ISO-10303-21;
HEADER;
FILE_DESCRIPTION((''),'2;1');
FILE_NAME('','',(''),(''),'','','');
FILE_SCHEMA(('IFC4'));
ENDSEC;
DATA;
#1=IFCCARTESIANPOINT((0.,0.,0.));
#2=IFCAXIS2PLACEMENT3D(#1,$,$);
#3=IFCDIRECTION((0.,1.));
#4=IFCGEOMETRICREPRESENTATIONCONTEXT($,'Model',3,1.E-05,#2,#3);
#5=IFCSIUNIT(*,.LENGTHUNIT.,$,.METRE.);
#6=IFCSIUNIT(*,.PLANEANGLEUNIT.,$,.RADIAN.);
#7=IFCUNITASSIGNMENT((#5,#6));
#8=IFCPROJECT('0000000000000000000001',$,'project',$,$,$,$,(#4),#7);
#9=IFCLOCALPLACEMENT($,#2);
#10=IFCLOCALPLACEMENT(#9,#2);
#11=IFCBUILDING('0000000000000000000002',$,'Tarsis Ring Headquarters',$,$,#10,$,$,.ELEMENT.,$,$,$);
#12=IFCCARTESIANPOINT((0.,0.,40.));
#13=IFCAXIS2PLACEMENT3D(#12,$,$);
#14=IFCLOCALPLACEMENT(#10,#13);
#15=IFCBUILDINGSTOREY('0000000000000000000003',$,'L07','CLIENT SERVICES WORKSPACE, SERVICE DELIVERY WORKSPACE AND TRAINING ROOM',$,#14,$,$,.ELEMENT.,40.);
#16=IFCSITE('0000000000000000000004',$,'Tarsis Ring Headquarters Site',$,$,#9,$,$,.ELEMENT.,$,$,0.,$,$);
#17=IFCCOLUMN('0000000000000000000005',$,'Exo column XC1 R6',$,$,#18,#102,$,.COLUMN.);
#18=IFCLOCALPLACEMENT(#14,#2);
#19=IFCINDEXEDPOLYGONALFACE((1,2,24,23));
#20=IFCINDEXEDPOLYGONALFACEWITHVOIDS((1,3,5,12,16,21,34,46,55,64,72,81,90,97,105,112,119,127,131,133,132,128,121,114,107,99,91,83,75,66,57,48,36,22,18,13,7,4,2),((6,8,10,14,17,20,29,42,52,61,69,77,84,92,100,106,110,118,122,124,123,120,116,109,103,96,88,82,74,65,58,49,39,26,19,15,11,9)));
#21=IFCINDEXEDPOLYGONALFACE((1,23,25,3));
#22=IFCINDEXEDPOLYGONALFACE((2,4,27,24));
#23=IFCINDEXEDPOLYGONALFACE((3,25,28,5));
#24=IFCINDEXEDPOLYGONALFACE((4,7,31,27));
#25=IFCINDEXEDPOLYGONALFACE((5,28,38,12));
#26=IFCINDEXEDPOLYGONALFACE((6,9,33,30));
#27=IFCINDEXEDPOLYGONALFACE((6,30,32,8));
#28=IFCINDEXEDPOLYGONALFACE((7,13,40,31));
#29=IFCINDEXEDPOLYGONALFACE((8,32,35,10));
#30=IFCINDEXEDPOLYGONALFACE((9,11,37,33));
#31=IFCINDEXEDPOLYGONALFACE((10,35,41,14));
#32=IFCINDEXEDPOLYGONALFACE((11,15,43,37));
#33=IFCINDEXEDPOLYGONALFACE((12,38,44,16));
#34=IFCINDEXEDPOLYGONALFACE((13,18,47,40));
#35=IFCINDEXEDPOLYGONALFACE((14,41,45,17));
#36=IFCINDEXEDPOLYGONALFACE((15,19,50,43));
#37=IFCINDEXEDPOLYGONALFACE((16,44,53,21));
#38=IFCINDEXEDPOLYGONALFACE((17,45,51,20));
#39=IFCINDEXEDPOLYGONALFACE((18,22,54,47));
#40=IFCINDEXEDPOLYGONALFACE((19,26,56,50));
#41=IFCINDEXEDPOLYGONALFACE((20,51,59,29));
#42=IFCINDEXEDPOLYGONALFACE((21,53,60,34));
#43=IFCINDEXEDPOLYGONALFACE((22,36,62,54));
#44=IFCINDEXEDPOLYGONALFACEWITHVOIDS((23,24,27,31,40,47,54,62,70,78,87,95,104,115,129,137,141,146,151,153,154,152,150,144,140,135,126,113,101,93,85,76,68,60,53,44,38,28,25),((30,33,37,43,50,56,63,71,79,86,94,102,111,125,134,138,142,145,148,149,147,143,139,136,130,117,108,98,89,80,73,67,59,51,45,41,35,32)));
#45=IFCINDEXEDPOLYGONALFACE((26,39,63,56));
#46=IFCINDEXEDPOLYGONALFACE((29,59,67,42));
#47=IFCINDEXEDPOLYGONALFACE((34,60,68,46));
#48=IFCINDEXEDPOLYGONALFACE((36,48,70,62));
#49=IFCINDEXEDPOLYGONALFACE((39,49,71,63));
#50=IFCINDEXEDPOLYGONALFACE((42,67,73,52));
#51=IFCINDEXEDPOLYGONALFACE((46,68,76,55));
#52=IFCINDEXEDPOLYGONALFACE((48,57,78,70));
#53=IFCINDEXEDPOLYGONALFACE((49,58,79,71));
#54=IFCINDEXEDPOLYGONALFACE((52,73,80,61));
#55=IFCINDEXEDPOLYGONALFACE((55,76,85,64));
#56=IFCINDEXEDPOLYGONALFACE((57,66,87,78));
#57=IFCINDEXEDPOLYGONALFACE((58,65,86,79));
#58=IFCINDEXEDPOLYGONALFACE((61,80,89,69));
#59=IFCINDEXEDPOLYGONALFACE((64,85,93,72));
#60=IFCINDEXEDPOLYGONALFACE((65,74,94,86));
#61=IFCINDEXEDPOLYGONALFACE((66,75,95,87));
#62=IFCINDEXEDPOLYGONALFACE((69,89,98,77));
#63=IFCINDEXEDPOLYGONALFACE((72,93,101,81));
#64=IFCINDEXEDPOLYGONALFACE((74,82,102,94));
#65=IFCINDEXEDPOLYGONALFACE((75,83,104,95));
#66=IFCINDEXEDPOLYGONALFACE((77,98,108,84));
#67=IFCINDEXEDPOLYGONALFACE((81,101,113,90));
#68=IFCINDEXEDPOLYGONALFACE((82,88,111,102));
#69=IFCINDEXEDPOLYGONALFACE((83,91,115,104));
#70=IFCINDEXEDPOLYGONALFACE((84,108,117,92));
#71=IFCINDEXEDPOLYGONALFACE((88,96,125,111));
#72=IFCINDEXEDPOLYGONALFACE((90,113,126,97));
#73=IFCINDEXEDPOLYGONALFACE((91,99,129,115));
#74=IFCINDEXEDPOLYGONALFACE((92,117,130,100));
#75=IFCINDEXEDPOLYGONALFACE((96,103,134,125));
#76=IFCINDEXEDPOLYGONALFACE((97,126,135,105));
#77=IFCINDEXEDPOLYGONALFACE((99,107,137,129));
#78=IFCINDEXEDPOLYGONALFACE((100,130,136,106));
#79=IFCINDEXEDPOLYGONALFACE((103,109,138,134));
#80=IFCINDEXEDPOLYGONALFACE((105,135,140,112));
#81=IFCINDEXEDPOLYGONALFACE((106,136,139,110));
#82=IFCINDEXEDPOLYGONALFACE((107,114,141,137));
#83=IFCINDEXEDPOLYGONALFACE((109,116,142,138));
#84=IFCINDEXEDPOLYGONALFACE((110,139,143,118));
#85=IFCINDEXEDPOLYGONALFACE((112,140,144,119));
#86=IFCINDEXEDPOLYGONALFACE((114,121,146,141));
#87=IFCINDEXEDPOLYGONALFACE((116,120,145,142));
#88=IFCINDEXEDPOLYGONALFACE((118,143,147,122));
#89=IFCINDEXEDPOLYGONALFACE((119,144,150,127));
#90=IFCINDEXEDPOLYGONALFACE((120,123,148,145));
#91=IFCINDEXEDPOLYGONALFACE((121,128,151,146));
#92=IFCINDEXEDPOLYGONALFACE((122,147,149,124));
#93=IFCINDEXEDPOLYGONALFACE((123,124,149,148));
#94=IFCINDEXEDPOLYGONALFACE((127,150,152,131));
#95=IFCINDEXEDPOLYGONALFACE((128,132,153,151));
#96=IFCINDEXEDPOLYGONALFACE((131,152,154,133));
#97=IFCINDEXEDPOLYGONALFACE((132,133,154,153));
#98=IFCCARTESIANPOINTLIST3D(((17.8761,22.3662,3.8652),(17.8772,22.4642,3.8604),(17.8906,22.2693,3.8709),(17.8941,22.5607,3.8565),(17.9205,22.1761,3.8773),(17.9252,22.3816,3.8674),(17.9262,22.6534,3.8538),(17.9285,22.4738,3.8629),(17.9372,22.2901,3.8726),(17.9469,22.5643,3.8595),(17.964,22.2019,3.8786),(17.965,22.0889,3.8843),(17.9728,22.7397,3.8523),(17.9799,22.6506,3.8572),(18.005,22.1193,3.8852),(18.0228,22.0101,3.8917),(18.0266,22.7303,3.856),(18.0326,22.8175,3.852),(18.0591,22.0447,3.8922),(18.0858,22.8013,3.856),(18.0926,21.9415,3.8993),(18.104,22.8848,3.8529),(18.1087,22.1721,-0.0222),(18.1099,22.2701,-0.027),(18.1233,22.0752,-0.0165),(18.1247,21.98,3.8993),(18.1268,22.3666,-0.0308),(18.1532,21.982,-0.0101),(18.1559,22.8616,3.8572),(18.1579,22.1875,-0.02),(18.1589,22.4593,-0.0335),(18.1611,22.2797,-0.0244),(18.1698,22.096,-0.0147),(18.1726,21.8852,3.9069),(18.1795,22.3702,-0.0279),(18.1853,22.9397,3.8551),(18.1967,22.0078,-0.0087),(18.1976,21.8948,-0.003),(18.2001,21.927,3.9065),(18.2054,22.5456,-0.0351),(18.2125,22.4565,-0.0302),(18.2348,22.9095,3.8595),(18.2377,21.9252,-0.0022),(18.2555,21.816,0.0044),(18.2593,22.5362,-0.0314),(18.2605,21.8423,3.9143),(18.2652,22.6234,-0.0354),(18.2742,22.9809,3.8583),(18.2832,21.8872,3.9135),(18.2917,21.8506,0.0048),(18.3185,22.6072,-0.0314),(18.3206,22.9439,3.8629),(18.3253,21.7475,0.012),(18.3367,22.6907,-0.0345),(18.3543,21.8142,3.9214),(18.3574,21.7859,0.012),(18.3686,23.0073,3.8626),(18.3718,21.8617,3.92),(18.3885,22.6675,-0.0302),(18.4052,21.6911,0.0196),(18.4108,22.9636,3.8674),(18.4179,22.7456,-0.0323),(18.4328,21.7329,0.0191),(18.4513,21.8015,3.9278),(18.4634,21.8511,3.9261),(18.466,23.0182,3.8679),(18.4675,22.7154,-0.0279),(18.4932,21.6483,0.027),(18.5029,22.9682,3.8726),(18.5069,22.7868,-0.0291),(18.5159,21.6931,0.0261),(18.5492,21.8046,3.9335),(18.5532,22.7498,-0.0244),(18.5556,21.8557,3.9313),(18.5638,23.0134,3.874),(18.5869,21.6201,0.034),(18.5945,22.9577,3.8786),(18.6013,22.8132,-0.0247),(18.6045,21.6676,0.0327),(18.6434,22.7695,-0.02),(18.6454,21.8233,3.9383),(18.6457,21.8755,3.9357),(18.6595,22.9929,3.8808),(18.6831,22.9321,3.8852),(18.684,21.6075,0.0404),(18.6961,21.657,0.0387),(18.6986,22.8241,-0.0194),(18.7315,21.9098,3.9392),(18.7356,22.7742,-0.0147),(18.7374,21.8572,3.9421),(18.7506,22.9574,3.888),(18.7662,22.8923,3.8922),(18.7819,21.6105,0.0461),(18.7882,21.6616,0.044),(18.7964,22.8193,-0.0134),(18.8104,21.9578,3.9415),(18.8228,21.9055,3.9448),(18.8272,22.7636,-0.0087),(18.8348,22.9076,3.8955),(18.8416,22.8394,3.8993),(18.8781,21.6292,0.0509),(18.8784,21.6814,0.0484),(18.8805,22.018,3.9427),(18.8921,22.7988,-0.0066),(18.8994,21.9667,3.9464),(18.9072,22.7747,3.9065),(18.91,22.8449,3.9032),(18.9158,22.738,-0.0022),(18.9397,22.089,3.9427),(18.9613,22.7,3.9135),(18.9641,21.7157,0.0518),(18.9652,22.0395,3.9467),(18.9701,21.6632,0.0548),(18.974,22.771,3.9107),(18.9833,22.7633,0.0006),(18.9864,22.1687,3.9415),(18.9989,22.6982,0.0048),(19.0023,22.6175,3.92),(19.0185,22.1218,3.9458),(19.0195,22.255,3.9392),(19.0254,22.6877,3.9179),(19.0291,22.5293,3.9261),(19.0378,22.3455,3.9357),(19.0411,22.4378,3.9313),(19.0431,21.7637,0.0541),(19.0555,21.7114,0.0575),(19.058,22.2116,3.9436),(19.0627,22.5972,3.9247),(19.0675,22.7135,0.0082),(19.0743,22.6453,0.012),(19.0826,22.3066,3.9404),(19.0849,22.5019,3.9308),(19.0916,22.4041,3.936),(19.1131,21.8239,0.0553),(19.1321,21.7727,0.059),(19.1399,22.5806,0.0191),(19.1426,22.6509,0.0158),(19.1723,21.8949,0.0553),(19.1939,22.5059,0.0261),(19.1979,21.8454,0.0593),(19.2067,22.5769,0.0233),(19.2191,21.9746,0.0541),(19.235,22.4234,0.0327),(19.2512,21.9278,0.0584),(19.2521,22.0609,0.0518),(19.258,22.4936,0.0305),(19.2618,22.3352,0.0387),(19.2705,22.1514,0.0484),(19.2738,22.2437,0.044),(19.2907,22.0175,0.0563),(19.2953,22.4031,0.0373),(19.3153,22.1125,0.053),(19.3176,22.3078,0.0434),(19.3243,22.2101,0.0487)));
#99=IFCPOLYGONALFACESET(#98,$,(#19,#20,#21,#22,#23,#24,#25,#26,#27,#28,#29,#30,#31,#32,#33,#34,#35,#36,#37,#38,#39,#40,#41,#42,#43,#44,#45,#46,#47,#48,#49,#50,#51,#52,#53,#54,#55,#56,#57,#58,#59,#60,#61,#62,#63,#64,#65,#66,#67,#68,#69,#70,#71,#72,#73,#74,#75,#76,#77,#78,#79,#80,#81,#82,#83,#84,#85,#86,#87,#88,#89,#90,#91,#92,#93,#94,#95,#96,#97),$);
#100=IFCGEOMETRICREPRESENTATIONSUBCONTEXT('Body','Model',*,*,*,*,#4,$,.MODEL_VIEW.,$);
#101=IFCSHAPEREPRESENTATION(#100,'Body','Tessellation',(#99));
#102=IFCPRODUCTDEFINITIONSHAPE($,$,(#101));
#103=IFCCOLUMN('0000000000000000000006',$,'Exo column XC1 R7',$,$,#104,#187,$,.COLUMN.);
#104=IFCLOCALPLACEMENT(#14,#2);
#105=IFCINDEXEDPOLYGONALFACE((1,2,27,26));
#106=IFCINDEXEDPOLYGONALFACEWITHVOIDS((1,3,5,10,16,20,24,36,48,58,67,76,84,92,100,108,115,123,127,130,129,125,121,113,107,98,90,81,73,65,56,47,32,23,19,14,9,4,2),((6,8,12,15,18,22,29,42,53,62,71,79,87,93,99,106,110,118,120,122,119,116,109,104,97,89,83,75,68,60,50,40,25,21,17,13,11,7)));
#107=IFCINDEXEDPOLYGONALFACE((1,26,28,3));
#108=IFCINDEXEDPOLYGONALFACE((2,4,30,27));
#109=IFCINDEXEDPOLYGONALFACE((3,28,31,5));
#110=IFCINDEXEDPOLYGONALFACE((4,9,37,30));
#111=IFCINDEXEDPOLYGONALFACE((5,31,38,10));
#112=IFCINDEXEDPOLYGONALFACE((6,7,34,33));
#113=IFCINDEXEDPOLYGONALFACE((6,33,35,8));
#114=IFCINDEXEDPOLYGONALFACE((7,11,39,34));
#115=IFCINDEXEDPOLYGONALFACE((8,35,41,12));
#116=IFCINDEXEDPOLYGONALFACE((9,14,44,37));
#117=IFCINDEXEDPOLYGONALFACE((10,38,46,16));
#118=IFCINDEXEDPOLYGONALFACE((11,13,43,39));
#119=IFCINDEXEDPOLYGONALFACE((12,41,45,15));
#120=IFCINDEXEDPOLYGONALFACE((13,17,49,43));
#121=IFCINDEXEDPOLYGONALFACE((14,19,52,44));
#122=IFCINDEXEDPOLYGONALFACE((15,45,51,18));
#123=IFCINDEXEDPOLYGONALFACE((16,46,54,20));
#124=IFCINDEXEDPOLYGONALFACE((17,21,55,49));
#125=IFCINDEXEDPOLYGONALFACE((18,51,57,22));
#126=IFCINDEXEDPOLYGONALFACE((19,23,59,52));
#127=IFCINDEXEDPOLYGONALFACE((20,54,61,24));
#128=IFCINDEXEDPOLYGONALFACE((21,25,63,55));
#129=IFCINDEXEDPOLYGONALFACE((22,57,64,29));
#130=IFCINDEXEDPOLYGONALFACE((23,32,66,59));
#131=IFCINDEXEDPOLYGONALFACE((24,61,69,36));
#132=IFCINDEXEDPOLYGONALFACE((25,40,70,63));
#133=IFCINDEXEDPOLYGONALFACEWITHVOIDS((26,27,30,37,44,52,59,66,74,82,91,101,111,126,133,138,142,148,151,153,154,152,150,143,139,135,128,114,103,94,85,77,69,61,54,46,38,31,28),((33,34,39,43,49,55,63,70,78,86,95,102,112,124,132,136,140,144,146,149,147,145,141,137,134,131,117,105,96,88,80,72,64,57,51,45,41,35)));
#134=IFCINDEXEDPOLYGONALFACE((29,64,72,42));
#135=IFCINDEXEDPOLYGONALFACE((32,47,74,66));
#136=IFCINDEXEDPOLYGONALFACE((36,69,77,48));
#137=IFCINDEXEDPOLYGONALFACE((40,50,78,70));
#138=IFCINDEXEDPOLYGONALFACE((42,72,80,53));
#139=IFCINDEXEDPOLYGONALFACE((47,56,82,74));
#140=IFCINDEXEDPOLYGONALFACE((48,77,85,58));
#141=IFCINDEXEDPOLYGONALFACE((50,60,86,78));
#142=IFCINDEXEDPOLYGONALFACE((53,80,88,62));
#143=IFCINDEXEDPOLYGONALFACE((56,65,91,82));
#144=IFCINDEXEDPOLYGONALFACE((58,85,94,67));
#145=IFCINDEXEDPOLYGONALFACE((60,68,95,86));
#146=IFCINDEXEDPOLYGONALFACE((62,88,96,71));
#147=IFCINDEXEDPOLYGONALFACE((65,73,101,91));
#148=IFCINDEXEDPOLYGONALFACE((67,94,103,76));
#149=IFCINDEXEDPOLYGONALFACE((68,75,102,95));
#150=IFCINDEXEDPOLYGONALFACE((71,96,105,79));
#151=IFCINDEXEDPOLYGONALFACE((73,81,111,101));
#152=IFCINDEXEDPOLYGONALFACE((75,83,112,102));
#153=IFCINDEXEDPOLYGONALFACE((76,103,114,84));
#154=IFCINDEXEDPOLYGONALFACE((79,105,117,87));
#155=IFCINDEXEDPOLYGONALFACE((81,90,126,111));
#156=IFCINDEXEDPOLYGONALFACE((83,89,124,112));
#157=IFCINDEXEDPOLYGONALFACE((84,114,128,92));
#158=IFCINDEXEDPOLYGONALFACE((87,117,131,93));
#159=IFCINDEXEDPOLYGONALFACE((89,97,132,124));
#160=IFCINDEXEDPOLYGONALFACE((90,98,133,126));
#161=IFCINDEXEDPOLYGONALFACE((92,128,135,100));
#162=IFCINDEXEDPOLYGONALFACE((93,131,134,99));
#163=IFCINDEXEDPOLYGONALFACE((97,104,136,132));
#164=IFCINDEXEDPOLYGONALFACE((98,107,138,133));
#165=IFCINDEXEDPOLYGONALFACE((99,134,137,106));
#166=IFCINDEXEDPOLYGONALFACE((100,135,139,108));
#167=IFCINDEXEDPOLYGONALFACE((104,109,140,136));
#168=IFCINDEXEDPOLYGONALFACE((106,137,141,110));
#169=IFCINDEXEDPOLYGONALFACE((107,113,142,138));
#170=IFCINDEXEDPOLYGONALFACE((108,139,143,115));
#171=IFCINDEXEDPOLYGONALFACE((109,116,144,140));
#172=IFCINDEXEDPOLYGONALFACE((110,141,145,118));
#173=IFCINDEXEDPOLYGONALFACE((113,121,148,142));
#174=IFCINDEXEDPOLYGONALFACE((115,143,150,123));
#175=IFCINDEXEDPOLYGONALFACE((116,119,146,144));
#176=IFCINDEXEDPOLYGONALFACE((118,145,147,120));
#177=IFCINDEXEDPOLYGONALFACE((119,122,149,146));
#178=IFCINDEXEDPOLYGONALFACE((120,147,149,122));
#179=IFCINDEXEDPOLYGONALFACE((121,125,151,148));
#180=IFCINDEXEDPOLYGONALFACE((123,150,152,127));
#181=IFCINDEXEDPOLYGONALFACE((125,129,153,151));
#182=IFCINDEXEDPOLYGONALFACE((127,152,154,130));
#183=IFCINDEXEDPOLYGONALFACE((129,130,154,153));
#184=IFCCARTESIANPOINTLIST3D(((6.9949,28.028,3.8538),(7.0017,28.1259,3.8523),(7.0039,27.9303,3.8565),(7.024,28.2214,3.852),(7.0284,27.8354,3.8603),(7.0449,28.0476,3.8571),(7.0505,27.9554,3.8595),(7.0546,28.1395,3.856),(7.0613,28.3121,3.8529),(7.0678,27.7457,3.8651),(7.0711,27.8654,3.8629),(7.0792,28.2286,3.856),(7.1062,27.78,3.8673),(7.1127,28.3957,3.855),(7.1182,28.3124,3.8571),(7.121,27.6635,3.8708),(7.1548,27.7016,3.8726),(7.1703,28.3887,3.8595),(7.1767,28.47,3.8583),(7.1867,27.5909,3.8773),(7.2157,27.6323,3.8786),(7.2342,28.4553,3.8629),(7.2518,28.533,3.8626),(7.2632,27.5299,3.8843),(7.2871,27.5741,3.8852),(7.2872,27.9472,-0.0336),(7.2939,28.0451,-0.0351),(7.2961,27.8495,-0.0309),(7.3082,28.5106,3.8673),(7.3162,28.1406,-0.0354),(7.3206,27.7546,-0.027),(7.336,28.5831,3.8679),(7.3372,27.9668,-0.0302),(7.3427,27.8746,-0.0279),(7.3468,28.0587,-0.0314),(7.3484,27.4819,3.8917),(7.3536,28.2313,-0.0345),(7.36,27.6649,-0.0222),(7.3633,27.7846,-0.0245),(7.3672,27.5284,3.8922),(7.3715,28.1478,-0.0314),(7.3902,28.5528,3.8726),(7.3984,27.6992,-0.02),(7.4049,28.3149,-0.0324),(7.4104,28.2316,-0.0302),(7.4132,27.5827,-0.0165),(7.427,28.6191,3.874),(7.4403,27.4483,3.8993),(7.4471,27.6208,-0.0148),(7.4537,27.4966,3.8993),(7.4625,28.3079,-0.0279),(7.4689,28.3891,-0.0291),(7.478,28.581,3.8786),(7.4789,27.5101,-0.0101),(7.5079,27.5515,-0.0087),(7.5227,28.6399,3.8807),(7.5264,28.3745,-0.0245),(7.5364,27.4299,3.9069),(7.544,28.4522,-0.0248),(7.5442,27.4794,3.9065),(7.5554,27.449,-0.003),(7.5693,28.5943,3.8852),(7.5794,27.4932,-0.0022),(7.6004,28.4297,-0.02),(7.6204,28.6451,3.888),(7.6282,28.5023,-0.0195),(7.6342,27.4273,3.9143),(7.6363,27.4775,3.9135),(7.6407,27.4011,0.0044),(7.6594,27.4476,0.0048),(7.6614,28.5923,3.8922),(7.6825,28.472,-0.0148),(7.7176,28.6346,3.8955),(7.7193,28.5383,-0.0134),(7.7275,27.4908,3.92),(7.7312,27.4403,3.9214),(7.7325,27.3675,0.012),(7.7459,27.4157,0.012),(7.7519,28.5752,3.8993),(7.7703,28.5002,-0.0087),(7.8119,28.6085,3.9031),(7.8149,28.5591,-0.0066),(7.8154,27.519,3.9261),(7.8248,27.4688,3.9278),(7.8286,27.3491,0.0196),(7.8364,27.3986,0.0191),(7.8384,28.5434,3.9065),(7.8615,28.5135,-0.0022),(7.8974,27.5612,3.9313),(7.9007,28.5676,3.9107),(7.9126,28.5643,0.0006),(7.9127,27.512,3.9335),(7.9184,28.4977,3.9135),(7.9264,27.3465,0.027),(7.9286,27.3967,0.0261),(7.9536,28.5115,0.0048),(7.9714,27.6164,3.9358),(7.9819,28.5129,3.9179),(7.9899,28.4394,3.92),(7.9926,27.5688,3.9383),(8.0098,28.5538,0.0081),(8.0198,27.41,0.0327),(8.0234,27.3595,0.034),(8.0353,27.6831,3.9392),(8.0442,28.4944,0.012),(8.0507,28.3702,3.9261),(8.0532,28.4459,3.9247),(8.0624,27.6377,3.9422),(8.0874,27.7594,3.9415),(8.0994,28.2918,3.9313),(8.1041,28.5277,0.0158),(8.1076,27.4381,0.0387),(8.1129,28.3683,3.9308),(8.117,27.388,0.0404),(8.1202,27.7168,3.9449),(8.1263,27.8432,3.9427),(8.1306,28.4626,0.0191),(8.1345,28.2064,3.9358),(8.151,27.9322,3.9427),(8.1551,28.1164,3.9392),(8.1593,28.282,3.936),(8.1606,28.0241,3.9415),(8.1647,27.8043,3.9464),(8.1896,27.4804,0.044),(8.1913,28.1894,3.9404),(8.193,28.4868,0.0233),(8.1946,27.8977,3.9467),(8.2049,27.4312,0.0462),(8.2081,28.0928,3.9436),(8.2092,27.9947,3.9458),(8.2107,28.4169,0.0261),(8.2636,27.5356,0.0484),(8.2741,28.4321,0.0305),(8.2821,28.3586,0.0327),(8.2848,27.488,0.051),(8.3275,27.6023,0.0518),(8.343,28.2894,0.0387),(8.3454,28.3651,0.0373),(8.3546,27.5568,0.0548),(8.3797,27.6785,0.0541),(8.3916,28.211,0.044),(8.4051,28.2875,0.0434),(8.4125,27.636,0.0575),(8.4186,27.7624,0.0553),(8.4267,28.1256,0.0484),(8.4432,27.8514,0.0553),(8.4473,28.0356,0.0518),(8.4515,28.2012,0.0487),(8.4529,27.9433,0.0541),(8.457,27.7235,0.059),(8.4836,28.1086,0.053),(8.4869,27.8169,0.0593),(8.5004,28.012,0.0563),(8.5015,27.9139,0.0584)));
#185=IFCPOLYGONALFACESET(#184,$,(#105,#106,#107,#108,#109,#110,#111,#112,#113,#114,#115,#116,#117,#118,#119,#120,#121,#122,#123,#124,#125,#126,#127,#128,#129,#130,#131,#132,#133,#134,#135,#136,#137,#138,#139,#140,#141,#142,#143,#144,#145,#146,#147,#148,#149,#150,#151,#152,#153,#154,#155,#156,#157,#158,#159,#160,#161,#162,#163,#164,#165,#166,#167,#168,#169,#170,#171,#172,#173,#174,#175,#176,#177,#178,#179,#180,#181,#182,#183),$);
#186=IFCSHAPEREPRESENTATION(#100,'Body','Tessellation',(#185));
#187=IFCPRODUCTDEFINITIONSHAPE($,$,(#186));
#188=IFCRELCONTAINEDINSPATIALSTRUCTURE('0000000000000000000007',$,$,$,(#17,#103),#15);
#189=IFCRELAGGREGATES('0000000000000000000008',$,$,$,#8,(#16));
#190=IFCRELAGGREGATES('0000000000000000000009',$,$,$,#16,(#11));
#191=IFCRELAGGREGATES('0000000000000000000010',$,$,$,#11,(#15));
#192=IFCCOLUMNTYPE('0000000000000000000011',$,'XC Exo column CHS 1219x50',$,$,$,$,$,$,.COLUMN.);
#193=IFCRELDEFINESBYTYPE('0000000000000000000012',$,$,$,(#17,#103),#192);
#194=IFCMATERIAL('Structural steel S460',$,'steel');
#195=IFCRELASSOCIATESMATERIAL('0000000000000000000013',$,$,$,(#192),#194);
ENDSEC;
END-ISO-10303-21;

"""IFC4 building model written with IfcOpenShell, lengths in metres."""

from ifc_helpers import new_model, si_unit, direction, frame, origin, origin_2d, place, context, subcontext, project, spatial, hollow_circle, extrude, material, material_profile, profile_set, type_object, element, save


model = new_model("IFC4")

# Units and contexts
model_context = context("Model", 3, precision=1e-05, world=origin(), true_north=direction((0.0, 1.0)))
body_context = subcontext(model_context, "Body", "Model", "MODEL_VIEW")
ifc_project = project(units=[si_unit("LENGTHUNIT", "METRE"), si_unit("PLANEANGLEUNIT", "RADIAN")], contexts=[model_context])

# Site, building, storey
site_placement = place(None, origin())
site = spatial("IfcSite", under=ifc_project, at=site_placement, Name="Tarsis Ring Headquarters Site", CompositionType="ELEMENT", RefElevation=0.0)
building_placement = place(site_placement, origin())
building = spatial("IfcBuilding", under=site, at=building_placement, Name="Tarsis Ring Headquarters", CompositionType="ELEMENT")
storey_placement = place(building_placement, frame((0.0, 0.0, 40.0)))
storey = spatial("IfcBuildingStorey", under=building, at=storey_placement, Name="L07", Description="CLIENT SERVICES WORKSPACE, SERVICE DELIVERY WORKSPACE AND TRAINING ROOM", CompositionType="ELEMENT", Elevation=40.0)

# Columns
ifc_material_1 = material(Name="Structural steel S460", Category="steel")
ifc_material_profile_1 = material_profile(ifc_material_1, hollow_circle(Radius=0.6096, WallThickness=0.05, at=origin_2d()), Name="CHS 1219x50")
ifc_profile_set_1 = profile_set([ifc_material_profile_1], Name="Structural steel S460")
column_type = type_object("IfcColumnType", Name="XC Exo column CHS 1219x50", PredefinedType="COLUMN", material=ifc_profile_set_1)
for number, where, z_axis, x_axis, name in (
    (1, (18.7158, 22.2156, 0.012), (-0.05967, 0.049777, 0.996976), (-0.640581, -0.767891, 0.0), "Exo column XC1 R6"),
    (2, (7.895, 27.9551, 0.012), (-0.074947, 0.020725, 0.996972), (-0.266522, -0.963829, 0.0), "Exo column XC1 R7"),
):
    element("IfcColumn", number, at=place(storey_placement, frame(where, z_axis=z_axis, x_axis=x_axis)), inside=storey, type_object=column_type, Name=name, PredefinedType="COLUMN", context=body_context, shape_type="SweptSolid", body=[
        extrude(hollow_circle(Radius=0.6096, WallThickness=0.05, at=origin_2d()), origin(), (0.0, 0.0, 1.0), 3.8992),
    ])

save(model, "model.ifc")
